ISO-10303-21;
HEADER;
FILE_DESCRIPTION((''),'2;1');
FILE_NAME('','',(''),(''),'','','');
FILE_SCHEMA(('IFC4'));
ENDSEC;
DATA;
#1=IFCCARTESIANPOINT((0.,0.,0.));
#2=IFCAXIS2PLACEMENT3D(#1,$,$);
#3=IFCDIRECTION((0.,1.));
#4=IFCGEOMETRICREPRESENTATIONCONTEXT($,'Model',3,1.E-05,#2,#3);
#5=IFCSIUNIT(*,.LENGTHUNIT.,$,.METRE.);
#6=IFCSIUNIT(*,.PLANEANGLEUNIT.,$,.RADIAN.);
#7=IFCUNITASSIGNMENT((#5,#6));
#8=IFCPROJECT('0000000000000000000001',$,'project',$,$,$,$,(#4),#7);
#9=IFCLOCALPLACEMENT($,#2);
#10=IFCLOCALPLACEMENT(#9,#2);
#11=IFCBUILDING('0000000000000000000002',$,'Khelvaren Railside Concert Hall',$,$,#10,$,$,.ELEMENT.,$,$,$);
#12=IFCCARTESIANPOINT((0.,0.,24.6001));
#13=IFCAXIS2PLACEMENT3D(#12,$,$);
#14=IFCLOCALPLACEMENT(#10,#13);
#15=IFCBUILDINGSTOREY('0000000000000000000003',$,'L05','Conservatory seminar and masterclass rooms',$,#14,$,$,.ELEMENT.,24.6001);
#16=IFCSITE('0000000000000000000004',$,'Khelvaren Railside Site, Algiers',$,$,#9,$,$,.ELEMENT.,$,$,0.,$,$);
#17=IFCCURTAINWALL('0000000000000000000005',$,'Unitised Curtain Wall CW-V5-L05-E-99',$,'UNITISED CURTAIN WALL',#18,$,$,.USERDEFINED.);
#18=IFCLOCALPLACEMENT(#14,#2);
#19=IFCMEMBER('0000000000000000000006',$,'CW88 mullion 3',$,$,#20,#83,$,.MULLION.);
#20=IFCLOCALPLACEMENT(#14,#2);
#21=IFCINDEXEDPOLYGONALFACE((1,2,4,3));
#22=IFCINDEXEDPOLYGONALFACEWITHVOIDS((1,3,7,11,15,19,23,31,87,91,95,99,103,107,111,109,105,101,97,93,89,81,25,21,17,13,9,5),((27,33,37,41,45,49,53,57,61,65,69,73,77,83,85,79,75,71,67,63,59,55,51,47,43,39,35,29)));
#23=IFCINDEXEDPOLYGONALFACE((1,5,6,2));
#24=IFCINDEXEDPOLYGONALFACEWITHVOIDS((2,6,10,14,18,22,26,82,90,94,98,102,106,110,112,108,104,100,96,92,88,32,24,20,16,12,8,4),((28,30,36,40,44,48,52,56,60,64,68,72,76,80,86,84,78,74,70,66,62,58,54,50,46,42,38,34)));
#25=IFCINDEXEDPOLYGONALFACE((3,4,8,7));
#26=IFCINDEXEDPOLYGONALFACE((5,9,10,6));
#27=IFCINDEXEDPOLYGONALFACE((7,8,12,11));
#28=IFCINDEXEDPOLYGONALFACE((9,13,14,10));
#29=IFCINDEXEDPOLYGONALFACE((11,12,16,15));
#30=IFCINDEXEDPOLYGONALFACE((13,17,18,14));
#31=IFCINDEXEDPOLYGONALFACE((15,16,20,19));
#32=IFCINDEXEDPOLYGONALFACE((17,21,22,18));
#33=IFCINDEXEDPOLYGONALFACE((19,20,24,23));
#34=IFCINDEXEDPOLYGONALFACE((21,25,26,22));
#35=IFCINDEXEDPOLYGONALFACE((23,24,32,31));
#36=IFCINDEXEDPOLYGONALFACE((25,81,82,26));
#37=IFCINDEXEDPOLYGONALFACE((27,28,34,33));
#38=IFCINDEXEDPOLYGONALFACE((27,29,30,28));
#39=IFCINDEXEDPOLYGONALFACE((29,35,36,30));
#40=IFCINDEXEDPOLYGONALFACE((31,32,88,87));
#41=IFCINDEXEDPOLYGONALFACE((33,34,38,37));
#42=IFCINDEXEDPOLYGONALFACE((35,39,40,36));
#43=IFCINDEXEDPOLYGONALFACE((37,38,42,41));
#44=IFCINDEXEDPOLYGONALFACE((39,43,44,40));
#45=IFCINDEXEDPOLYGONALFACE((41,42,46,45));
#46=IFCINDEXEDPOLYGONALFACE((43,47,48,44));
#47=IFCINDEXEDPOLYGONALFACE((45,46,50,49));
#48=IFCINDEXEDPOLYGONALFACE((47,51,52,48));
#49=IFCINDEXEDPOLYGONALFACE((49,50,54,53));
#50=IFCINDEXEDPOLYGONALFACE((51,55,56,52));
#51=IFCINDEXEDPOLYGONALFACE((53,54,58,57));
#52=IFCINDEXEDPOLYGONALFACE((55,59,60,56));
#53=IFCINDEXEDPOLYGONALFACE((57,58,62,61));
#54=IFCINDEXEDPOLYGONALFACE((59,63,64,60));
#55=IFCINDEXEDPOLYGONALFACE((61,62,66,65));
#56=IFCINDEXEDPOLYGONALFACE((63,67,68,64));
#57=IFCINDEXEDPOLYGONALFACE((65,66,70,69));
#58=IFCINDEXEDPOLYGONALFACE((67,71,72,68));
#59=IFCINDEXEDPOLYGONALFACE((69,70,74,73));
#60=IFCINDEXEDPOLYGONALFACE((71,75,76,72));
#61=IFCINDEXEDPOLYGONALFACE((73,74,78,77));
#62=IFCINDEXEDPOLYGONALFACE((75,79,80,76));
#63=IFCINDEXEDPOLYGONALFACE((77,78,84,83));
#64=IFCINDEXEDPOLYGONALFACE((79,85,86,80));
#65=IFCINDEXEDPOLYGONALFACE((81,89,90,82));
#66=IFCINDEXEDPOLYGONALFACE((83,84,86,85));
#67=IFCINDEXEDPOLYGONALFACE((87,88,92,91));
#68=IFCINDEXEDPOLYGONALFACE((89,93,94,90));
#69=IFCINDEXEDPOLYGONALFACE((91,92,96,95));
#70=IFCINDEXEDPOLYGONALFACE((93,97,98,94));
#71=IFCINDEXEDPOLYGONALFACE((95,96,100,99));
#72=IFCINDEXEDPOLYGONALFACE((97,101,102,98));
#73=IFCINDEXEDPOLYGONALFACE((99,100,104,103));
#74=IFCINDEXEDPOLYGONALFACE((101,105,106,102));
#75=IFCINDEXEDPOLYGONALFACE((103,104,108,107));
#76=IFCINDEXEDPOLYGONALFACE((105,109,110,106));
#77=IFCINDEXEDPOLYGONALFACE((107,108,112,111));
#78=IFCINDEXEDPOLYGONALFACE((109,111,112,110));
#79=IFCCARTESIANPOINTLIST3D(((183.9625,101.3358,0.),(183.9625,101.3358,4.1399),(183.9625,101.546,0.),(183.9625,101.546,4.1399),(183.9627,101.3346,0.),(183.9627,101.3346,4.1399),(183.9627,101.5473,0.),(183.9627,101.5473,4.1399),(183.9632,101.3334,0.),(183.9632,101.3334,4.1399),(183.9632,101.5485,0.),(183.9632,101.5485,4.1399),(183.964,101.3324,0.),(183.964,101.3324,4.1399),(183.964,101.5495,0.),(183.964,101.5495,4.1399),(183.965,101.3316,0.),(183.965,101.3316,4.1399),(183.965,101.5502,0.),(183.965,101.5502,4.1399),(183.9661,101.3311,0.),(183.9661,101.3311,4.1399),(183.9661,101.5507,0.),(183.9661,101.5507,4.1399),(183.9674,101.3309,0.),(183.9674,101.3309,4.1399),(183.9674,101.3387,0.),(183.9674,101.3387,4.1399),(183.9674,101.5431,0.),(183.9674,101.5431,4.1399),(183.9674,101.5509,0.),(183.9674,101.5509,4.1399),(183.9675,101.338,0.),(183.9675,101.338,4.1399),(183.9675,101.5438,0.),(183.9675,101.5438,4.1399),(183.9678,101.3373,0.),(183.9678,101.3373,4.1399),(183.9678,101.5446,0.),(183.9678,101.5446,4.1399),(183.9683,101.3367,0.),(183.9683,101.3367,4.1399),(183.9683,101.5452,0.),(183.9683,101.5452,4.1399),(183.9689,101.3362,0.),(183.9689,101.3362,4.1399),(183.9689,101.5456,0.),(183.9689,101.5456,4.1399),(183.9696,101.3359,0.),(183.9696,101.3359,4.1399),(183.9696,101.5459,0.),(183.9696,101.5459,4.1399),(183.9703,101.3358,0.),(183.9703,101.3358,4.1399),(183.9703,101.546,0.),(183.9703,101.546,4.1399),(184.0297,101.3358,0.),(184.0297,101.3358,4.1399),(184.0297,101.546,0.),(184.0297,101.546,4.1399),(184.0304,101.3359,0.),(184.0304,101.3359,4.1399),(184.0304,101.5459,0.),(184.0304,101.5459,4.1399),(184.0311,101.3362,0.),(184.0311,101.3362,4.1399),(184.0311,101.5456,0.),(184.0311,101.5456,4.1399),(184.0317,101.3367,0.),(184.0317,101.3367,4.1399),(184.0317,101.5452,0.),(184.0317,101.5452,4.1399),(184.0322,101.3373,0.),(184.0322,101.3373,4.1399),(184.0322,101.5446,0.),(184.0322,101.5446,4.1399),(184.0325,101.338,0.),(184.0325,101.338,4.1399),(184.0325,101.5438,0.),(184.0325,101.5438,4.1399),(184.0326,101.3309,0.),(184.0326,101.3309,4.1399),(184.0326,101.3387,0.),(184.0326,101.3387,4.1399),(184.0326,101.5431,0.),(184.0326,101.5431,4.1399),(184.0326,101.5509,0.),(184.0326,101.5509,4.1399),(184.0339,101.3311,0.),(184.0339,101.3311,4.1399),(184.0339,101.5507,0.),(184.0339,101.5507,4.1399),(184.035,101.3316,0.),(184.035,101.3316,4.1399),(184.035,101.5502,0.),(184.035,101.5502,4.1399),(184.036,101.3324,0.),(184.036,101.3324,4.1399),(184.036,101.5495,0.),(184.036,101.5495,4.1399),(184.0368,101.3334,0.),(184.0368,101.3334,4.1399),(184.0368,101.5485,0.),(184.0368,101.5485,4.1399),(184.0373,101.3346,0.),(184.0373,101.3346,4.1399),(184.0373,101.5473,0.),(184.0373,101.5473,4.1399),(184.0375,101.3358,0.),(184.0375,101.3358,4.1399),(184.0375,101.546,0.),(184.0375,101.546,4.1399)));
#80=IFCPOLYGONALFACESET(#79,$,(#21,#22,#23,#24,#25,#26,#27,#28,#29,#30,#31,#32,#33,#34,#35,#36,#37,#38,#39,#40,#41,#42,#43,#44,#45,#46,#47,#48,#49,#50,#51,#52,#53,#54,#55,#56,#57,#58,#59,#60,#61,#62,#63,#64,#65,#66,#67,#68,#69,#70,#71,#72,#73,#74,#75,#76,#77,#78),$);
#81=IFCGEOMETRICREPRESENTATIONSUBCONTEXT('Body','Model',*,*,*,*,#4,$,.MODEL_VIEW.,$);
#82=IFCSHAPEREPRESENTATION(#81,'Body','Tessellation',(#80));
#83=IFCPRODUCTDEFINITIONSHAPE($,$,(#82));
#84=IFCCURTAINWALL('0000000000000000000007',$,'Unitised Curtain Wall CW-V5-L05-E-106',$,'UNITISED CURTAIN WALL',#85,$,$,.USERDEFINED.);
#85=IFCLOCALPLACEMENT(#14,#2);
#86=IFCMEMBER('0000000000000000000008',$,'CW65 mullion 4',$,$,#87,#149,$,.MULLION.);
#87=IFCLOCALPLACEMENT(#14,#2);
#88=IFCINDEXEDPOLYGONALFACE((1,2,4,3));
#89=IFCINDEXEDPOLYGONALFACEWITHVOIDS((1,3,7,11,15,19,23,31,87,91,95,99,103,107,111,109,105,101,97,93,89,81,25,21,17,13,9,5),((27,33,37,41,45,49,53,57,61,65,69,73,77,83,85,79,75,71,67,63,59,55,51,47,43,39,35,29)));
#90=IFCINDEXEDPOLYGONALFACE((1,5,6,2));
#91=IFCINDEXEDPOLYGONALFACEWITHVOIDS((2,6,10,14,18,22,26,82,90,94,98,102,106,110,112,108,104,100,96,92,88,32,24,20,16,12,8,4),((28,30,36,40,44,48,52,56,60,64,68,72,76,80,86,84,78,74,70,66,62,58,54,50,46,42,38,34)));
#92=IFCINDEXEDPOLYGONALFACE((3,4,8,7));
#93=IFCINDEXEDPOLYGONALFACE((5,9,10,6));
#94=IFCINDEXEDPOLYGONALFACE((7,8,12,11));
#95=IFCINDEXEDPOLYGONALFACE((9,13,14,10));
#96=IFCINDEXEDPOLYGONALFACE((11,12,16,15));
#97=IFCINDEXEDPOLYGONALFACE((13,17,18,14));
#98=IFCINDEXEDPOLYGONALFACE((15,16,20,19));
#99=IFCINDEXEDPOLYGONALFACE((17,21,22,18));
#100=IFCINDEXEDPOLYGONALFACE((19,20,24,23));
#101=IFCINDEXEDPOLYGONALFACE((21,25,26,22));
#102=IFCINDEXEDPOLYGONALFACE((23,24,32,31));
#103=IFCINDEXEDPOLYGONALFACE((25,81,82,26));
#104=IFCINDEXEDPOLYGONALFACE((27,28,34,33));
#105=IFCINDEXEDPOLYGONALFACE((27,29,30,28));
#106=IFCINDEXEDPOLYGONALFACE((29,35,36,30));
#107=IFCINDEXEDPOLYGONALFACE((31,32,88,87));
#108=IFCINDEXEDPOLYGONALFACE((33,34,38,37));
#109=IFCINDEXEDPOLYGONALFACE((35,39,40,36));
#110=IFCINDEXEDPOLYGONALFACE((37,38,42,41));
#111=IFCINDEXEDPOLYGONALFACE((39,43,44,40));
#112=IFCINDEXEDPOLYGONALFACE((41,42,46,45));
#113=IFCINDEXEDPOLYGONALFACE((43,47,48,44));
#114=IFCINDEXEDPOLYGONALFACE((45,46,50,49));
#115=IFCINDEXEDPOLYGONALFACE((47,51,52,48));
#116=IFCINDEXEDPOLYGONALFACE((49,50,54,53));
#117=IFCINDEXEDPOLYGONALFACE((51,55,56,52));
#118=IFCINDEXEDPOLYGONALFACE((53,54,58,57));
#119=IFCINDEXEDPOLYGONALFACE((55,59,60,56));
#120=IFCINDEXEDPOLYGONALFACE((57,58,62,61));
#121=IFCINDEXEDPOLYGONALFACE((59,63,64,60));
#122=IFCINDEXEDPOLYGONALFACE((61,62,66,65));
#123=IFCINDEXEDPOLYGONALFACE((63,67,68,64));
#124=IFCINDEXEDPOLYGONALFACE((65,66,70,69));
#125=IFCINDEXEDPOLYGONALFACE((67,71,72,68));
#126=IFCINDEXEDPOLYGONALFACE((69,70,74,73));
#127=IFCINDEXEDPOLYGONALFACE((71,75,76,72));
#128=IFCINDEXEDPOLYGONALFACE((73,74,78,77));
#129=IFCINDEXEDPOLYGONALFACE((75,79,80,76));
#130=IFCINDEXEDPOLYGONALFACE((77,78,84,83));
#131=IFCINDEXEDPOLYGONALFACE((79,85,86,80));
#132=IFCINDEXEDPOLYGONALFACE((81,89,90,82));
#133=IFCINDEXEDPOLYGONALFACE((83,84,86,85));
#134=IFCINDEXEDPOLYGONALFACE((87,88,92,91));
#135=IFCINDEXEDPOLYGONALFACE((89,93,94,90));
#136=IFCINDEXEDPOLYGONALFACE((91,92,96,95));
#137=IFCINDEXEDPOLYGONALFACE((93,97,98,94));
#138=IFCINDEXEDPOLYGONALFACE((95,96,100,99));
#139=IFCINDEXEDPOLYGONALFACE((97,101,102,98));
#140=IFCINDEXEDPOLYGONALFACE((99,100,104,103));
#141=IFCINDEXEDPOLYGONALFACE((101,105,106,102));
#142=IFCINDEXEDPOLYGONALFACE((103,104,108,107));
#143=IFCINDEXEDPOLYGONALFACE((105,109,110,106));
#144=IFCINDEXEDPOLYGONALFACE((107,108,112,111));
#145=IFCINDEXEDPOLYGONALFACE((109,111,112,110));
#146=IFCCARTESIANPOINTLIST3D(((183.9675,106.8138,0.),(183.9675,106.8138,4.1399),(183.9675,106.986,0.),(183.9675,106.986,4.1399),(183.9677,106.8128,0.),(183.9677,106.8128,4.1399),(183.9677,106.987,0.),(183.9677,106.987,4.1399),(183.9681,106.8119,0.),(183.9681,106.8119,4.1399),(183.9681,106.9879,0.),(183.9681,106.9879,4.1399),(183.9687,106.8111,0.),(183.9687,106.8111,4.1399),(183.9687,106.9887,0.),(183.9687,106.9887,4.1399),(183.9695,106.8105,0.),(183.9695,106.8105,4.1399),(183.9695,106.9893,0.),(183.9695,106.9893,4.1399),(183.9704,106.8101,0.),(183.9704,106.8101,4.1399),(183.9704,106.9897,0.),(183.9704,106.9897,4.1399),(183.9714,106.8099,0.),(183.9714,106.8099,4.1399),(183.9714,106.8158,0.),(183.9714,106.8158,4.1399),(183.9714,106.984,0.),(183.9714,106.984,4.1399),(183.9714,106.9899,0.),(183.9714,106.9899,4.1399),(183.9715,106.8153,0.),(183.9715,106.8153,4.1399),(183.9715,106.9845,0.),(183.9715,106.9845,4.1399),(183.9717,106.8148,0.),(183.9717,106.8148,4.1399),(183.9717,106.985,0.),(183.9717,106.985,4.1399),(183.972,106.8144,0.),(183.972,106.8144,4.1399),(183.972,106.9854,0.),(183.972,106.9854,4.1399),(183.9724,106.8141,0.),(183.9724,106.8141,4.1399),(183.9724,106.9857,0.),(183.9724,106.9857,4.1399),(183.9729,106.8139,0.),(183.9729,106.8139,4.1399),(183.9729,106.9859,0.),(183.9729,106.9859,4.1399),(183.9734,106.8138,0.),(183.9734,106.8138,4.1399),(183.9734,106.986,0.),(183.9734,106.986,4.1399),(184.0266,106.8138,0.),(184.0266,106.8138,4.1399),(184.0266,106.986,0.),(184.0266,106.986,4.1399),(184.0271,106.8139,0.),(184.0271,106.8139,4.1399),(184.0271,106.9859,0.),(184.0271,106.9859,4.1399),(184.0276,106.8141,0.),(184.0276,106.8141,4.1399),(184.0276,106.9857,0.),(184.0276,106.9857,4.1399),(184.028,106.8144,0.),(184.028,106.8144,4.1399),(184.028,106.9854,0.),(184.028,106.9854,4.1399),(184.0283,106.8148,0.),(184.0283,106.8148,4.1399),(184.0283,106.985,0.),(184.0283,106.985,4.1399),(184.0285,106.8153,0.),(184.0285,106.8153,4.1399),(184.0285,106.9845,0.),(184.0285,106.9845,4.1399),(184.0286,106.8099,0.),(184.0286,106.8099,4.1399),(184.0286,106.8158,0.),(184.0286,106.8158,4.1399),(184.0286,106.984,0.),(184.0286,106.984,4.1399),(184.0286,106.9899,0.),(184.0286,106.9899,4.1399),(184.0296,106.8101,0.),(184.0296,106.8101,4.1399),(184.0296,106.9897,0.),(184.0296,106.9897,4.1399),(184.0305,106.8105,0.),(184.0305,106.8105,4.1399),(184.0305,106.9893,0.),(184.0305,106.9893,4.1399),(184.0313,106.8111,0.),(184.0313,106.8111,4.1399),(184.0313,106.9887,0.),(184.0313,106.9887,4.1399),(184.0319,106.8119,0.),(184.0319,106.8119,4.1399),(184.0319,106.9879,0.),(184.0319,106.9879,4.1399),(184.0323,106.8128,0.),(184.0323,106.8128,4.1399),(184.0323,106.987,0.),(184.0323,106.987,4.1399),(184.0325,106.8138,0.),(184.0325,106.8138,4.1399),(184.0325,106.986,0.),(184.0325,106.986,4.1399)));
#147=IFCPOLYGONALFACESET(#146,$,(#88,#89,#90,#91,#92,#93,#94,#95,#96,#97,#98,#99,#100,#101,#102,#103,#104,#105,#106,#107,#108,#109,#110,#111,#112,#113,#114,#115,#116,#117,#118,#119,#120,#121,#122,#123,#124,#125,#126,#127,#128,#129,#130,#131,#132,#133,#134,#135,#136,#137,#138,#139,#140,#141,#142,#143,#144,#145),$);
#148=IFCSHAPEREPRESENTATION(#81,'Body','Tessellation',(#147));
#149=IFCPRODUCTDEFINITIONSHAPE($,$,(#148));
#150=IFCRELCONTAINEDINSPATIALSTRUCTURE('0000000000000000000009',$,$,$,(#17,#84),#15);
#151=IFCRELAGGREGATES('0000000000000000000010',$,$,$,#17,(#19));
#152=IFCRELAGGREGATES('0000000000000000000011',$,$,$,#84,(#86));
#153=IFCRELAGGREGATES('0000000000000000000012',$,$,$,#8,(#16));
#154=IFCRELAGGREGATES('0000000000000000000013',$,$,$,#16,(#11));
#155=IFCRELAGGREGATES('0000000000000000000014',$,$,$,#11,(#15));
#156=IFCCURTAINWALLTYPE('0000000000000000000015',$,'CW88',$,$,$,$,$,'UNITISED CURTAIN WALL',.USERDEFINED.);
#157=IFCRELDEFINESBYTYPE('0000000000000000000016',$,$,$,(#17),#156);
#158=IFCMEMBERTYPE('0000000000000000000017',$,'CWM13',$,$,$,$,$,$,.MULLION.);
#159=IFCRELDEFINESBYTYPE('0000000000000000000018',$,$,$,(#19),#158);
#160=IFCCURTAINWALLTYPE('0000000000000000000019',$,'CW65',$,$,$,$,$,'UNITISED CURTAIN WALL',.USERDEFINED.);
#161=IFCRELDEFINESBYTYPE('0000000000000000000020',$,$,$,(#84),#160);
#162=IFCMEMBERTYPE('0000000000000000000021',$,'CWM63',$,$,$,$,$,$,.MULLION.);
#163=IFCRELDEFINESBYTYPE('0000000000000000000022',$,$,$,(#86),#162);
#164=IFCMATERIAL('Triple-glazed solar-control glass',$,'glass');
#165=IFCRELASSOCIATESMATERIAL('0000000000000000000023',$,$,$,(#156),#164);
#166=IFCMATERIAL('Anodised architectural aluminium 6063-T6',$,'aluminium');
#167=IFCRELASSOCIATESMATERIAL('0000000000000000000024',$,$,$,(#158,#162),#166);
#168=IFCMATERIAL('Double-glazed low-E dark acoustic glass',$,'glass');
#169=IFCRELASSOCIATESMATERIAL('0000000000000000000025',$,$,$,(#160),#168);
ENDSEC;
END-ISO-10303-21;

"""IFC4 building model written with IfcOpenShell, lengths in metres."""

from ifc_helpers import new_model, si_unit, direction, frame, origin, origin_2d, place, context, subcontext, project, spatial, hollow_rectangle, extrude, material, material_profile, profile_set, type_object, element, aggregate, save


model = new_model("IFC4")

# Units and contexts
model_context = context("Model", 3, precision=1e-05, world=origin(), true_north=direction((0.0, 1.0)))
body_context = subcontext(model_context, "Body", "Model", "MODEL_VIEW")
ifc_project = project(units=[si_unit("LENGTHUNIT", "METRE"), si_unit("PLANEANGLEUNIT", "RADIAN")], contexts=[model_context])

# Site, building, storey
site_placement = place(None, origin())
site = spatial("IfcSite", under=ifc_project, at=site_placement, Name="Khelvaren Railside Site, Algiers", CompositionType="ELEMENT", RefElevation=0.0)
building_placement = place(site_placement, origin())
building = spatial("IfcBuilding", under=site, at=building_placement, Name="Khelvaren Railside Concert Hall", CompositionType="ELEMENT")
storey_placement = place(building_placement, frame((0.0, 0.0, 24.6001)))
storey = spatial("IfcBuildingStorey", under=building, at=storey_placement, Name="L05", Description="Conservatory seminar and masterclass rooms", CompositionType="ELEMENT", Elevation=24.6001)

# Curtain wall, member
ifc_material_1 = material(Name="Triple-glazed solar-control glass", Category="glass")
curtain_wall_type_1 = type_object("IfcCurtainWallType", Name="CW88", ElementType="UNITISED CURTAIN WALL", PredefinedType="USERDEFINED", material=ifc_material_1)
curtain_wall_1_placement = place(storey_placement, origin())
curtain_wall_1 = element("IfcCurtainWall", 1, at=curtain_wall_1_placement, inside=storey, type_object=curtain_wall_type_1, Name="Unitised Curtain Wall CW-V5-L05-E-99", ObjectType="UNITISED CURTAIN WALL", PredefinedType="USERDEFINED")
ifc_material_2 = material(Name="Anodised architectural aluminium 6063-T6", Category="aluminium")
ifc_material_profile_1 = material_profile(ifc_material_2, hollow_rectangle(XDim=0.075, YDim=0.22, WallThickness=0.0049, InnerFilletRadius=0.0029, OuterFilletRadius=0.0049, at=origin_2d()), Name="CWM 75x220x5")
ifc_profile_set_1 = profile_set([ifc_material_profile_1], Name="Anodised architectural aluminium 6063-T6")
member_type_1 = type_object("IfcMemberType", Name="CWM13", PredefinedType="MULLION", material=ifc_profile_set_1)
member_1_placement = place(storey_placement, frame((184.0, 101.4409, 0.0), z_axis=(0.0, 0.0, 1.0), x_axis=(1.0, 0.0, 0.0)))
member_1 = element("IfcMember", 2, at=member_1_placement, type_object=member_type_1, Name="CW88 mullion 3", PredefinedType="MULLION", context=body_context, shape_type="SweptSolid", body=[
    extrude(hollow_rectangle(XDim=0.075, YDim=0.22, WallThickness=0.0049, InnerFilletRadius=0.0029, OuterFilletRadius=0.0049, at=origin_2d()), origin(), (0.0, 0.0, 1.0), 4.1399),
])

# Curtain wall, member
ifc_material_3 = material(Name="Double-glazed low-E dark acoustic glass", Category="glass")
curtain_wall_type_2 = type_object("IfcCurtainWallType", Name="CW65", ElementType="UNITISED CURTAIN WALL", PredefinedType="USERDEFINED", material=ifc_material_3)
curtain_wall_2_placement = place(storey_placement, origin())
curtain_wall_2 = element("IfcCurtainWall", 3, at=curtain_wall_2_placement, inside=storey, type_object=curtain_wall_type_2, Name="Unitised Curtain Wall CW-V5-L05-E-106", ObjectType="UNITISED CURTAIN WALL", PredefinedType="USERDEFINED")
ifc_material_profile_2 = material_profile(ifc_material_2, hollow_rectangle(XDim=0.0649, YDim=0.1799, WallThickness=0.0039, InnerFilletRadius=0.002, OuterFilletRadius=0.0039, at=origin_2d()), Name="CWM 65x180x4")
ifc_profile_set_2 = profile_set([ifc_material_profile_2], Name="Anodised architectural aluminium 6063-T6")
member_type_2 = type_object("IfcMemberType", Name="CWM63", PredefinedType="MULLION", material=ifc_profile_set_2)
member_2_placement = place(storey_placement, frame((184.0, 106.8999, 0.0), z_axis=(0.0, 0.0, 1.0), x_axis=(1.0, 0.0, 0.0)))
member_2 = element("IfcMember", 4, at=member_2_placement, type_object=member_type_2, Name="CW65 mullion 4", PredefinedType="MULLION", context=body_context, shape_type="SweptSolid", body=[
    extrude(hollow_rectangle(XDim=0.0649, YDim=0.1799, WallThickness=0.0039, InnerFilletRadius=0.002, OuterFilletRadius=0.0039, at=origin_2d()), origin(), (0.0, 0.0, 1.0), 4.1399),
])

aggregate(curtain_wall_1, [member_1])
aggregate(curtain_wall_2, [member_2])

save(model, "model.ifc")
